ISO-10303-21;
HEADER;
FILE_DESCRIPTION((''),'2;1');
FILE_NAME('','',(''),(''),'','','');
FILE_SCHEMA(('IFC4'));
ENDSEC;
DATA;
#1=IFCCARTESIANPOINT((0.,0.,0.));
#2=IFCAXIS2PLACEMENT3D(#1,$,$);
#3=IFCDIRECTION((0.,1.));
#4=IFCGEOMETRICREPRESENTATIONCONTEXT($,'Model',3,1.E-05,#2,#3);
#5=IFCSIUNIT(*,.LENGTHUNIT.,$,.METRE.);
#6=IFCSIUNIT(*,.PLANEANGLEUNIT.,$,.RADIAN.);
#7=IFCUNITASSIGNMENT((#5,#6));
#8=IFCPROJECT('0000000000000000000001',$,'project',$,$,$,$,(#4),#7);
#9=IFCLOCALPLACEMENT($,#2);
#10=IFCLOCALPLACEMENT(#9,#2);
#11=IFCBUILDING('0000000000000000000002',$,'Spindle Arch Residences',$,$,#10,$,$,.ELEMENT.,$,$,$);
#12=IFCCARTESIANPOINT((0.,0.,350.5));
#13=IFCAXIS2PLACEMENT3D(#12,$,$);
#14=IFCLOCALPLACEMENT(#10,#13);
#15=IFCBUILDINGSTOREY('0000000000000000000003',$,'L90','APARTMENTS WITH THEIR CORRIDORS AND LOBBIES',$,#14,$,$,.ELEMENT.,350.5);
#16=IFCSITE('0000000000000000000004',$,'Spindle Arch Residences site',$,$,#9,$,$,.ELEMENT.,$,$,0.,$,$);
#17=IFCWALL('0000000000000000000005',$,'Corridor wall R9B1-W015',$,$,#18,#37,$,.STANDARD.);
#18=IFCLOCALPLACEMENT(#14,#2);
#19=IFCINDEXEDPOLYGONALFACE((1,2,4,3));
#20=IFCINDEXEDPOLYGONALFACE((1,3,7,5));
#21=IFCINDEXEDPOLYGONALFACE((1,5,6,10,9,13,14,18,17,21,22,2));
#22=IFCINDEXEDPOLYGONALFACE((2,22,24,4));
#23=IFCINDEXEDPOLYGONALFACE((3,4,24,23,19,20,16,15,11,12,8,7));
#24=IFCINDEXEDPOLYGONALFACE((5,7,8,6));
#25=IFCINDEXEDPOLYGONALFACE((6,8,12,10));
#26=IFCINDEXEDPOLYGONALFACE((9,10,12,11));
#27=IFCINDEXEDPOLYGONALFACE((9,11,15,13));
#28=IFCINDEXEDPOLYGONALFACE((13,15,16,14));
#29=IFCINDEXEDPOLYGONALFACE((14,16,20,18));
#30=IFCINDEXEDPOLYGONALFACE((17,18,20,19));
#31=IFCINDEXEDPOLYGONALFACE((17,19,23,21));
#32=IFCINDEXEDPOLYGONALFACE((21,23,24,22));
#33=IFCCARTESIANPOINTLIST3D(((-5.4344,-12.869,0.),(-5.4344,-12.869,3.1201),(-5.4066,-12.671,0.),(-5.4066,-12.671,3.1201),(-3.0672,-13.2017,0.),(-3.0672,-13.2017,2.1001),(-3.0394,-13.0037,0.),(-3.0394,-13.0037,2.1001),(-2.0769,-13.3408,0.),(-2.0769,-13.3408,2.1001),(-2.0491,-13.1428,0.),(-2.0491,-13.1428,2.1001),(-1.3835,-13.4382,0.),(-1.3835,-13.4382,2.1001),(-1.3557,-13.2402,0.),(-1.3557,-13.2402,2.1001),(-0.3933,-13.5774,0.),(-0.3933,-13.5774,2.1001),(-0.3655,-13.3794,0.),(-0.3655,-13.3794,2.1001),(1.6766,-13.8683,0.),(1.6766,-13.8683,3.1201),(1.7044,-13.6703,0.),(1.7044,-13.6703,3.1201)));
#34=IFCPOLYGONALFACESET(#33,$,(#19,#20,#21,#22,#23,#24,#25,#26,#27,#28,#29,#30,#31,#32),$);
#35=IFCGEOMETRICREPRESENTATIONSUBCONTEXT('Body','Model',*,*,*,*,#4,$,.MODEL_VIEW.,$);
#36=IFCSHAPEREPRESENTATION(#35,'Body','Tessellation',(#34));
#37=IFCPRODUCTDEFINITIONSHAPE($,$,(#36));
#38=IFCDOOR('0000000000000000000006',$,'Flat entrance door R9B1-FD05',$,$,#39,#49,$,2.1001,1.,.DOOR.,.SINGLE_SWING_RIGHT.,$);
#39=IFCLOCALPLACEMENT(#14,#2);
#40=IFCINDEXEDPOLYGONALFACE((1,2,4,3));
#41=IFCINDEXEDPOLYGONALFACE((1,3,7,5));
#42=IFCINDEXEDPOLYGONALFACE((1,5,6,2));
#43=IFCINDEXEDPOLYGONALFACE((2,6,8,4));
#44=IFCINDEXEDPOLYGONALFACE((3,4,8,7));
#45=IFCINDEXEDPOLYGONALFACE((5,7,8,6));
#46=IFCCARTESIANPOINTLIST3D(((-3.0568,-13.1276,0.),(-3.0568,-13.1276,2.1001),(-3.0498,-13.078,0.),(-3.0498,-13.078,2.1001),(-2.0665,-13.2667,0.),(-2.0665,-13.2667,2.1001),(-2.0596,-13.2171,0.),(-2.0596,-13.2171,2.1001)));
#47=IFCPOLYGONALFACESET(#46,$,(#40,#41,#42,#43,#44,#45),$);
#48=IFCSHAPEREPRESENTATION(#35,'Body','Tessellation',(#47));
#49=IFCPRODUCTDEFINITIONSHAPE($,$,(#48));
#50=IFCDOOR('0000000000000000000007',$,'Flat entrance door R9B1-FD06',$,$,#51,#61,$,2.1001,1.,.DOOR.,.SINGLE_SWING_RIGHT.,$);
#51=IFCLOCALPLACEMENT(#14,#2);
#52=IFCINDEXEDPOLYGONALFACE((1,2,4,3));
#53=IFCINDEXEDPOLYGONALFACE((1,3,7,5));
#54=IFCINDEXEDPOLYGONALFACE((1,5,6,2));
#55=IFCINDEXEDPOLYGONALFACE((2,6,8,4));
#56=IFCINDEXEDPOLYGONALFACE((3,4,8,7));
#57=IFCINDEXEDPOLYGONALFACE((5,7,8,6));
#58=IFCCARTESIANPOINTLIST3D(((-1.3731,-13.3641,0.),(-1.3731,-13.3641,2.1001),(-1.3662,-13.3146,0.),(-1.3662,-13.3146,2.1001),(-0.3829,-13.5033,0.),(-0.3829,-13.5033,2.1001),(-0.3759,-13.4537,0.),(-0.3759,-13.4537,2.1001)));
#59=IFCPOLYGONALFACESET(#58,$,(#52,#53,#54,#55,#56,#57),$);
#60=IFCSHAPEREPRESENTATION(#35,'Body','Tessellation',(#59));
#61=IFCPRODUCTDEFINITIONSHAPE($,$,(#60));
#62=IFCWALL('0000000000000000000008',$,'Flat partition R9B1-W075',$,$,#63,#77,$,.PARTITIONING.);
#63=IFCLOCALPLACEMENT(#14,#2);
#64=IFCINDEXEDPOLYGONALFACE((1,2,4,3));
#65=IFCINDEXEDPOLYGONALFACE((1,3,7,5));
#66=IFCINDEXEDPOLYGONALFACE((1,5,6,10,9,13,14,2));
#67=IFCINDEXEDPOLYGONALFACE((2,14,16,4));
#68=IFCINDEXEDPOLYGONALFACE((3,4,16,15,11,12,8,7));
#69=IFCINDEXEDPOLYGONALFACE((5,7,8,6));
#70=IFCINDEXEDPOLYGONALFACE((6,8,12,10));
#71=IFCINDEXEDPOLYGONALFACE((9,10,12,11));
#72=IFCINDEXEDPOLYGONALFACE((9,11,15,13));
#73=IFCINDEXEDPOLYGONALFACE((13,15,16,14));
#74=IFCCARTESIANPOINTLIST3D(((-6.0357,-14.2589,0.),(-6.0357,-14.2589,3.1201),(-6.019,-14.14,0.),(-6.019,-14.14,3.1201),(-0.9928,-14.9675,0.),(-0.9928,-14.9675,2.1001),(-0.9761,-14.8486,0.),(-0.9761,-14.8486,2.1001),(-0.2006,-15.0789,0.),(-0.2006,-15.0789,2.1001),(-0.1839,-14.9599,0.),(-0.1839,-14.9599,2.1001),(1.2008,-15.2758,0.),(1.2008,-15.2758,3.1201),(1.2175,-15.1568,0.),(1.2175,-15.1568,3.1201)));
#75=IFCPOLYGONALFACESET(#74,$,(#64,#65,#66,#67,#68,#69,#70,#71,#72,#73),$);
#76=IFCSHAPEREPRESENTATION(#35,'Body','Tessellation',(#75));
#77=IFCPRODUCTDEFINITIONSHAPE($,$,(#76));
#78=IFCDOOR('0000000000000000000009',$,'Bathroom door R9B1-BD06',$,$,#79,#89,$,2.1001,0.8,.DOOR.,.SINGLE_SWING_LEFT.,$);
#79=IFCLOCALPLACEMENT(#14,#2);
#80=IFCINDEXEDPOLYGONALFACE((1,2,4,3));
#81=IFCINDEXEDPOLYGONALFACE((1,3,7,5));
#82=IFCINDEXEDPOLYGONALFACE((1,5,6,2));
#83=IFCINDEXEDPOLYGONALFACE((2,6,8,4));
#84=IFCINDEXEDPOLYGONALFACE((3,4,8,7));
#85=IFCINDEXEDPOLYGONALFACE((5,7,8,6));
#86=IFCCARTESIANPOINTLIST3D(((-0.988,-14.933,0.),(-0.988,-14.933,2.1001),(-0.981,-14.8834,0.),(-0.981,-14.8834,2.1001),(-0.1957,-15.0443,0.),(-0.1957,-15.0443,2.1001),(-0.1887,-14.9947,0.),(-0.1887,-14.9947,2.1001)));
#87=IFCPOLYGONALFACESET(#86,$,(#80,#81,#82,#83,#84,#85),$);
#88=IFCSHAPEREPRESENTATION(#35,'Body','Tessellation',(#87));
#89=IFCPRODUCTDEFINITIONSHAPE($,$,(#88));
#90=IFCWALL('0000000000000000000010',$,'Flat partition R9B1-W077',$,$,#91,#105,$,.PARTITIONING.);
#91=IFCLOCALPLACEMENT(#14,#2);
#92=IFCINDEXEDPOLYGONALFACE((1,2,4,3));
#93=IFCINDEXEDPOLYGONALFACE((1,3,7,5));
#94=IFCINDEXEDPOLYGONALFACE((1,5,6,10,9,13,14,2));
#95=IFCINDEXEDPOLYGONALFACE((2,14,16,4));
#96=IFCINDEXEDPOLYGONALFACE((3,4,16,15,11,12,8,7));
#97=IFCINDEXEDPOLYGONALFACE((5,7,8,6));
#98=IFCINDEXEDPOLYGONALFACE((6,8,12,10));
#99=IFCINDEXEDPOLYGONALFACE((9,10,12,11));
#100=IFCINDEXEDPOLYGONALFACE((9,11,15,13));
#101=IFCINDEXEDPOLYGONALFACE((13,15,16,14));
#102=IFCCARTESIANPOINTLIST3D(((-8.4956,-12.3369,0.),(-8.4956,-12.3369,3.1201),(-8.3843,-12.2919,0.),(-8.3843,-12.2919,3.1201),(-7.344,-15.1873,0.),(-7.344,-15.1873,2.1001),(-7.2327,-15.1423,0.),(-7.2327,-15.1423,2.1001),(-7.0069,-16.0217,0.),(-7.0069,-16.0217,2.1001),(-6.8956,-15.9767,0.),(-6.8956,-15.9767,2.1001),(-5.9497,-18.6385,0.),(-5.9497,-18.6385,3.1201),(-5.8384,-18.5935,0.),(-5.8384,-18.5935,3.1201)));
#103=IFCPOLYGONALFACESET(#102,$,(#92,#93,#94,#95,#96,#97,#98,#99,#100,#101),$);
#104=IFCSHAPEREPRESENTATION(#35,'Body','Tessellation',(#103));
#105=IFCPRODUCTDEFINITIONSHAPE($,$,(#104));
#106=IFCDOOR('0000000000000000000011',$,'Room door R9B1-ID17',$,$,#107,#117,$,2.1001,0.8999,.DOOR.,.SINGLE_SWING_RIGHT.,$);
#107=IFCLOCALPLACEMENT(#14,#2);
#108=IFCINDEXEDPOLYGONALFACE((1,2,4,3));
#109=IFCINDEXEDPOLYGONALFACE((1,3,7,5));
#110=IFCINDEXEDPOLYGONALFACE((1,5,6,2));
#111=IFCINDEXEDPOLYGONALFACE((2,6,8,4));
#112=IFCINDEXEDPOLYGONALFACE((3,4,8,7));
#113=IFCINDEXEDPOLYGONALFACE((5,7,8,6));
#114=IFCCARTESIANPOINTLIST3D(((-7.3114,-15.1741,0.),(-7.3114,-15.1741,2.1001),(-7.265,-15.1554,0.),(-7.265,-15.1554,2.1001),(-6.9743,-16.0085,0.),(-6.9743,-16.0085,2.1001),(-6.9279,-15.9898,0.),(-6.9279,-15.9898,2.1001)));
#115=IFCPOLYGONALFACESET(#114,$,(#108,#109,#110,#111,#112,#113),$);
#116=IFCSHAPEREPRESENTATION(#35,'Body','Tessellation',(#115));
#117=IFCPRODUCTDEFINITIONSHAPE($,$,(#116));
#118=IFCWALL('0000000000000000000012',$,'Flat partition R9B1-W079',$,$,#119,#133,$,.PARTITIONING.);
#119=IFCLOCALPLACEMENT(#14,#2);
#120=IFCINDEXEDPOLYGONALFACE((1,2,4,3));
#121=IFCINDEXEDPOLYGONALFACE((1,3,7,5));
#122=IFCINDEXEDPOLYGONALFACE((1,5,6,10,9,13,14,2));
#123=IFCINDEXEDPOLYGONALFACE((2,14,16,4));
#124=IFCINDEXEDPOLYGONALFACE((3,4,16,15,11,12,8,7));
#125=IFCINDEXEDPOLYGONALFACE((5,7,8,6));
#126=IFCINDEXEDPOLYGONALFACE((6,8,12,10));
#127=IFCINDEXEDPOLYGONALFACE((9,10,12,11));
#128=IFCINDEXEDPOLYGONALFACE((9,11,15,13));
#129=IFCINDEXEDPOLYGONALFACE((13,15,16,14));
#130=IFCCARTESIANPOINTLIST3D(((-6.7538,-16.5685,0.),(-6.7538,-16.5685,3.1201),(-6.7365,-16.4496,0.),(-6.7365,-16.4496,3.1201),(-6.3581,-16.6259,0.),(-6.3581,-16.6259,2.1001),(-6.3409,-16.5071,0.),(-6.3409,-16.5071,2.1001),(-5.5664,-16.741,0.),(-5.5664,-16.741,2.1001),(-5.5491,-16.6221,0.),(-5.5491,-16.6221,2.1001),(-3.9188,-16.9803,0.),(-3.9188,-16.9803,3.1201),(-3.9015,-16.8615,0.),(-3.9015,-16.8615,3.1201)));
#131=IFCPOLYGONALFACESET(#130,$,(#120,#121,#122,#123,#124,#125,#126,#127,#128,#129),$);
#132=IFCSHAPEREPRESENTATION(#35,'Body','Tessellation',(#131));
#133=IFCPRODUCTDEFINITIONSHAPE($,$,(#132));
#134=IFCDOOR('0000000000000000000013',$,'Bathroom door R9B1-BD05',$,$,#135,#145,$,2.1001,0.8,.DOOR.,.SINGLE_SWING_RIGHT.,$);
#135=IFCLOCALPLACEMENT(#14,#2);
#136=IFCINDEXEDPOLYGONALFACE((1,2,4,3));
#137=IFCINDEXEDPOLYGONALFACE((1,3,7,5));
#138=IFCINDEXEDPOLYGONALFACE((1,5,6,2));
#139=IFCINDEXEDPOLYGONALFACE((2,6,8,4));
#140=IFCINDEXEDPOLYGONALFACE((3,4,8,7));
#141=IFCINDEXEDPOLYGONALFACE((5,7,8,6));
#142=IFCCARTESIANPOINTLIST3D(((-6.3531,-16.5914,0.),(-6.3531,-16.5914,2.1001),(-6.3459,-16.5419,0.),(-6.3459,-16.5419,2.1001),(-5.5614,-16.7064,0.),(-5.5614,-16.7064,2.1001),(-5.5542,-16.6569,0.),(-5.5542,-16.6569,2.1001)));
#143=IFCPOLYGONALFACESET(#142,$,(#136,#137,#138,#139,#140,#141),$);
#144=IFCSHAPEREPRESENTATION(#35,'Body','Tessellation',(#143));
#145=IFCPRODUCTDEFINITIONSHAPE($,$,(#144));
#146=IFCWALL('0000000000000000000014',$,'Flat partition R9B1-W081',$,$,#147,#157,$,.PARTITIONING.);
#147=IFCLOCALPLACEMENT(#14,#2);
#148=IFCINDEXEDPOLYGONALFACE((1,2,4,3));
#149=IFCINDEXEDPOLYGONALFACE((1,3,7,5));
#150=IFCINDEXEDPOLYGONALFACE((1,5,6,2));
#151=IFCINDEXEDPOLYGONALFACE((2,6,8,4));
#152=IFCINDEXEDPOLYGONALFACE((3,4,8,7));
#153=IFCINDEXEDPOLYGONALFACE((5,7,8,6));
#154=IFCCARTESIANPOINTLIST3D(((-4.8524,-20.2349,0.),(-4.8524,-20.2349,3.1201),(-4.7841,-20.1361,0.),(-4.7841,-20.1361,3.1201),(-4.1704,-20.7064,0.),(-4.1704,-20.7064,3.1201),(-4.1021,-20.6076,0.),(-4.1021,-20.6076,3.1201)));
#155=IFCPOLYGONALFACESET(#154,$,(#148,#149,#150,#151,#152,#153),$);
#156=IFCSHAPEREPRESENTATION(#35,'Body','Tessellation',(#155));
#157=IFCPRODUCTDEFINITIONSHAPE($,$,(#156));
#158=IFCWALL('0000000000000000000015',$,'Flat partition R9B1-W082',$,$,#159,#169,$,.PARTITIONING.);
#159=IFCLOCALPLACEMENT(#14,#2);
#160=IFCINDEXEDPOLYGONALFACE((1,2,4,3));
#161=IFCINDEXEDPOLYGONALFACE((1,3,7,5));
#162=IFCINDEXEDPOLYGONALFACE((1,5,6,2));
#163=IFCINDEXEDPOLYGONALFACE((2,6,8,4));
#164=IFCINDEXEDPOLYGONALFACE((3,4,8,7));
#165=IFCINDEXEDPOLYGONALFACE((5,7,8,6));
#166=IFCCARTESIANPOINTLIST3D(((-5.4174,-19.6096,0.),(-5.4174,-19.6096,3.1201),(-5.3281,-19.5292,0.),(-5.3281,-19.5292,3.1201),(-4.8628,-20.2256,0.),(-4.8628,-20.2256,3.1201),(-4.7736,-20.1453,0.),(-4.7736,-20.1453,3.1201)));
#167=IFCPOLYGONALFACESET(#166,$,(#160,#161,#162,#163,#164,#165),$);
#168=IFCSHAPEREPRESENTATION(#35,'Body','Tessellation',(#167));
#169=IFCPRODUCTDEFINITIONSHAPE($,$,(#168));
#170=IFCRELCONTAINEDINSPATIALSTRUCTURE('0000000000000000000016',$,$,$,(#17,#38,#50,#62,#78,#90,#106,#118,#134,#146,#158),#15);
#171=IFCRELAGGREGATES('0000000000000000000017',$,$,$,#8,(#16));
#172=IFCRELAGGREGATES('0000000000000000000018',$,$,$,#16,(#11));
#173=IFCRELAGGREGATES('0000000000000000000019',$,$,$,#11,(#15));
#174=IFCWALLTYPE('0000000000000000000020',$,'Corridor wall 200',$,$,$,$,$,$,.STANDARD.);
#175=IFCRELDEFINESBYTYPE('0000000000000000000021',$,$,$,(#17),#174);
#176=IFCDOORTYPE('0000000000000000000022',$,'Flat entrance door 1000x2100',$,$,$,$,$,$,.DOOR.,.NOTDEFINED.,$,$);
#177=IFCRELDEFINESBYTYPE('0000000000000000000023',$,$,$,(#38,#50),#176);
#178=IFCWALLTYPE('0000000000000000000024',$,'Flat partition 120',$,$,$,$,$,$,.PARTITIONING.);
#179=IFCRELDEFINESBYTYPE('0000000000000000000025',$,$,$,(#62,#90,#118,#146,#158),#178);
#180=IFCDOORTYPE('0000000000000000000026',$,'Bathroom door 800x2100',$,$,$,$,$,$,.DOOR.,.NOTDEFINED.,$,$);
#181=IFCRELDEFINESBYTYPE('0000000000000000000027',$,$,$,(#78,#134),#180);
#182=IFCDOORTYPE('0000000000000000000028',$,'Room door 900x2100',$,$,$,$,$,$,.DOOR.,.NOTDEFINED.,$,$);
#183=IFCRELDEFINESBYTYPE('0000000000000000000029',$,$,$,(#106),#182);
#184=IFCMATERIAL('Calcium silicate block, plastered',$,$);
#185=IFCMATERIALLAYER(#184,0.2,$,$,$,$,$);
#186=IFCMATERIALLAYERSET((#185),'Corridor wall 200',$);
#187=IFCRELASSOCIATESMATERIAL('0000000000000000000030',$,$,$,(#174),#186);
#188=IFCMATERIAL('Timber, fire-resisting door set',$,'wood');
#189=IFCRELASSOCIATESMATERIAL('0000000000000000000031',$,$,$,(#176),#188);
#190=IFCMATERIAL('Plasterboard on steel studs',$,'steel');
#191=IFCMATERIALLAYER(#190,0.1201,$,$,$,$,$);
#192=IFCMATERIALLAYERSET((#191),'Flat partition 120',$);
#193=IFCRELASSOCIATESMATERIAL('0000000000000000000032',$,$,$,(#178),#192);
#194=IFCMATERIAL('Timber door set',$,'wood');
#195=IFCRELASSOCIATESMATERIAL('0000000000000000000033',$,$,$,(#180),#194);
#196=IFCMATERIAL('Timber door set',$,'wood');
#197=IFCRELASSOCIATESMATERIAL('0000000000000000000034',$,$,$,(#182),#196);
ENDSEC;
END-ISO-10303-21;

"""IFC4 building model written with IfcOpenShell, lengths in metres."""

from ifc_helpers import new_model, si_unit, direction, frame, frame_2d, origin, place, context, subcontext, project, spatial, rectangle, extrude, material, layer, layer_set, type_object, element, fill, save


model = new_model("IFC4")

# Units and contexts
model_context = context("Model", 3, precision=1e-05, world=origin(), true_north=direction((0.0, 1.0)))
body_context = subcontext(model_context, "Body", "Model", "MODEL_VIEW")
ifc_project = project(units=[si_unit("LENGTHUNIT", "METRE"), si_unit("PLANEANGLEUNIT", "RADIAN")], contexts=[model_context])

# Site, building, storey
site_placement = place(None, origin())
site = spatial("IfcSite", under=ifc_project, at=site_placement, Name="Spindle Arch Residences site", CompositionType="ELEMENT", RefElevation=0.0)
building_placement = place(site_placement, origin())
building = spatial("IfcBuilding", under=site, at=building_placement, Name="Spindle Arch Residences", CompositionType="ELEMENT")
storey_placement = place(building_placement, frame((0.0, 0.0, 350.5)))
storey = spatial("IfcBuildingStorey", under=building, at=storey_placement, Name="L90", Description="APARTMENTS WITH THEIR CORRIDORS AND LOBBIES", CompositionType="ELEMENT", Elevation=350.5)

# Wall, openings, doors
ifc_material_1 = material(Name="Calcium silicate block, plastered")
ifc_layer_1 = layer(ifc_material_1, 0.2)
ifc_layer_set_1 = layer_set([ifc_layer_1], Name="Corridor wall 200")
wall_type_1 = type_object("IfcWallType", Name="Corridor wall 200", PredefinedType="STANDARD", material=ifc_layer_set_1)
wall_1_placement = place(storey_placement, frame((-5.4204, -12.77, 0.0), z_axis=(0.0, 0.0, 1.0), x_axis=(0.990271, -0.139155, 0.0)))
wall_1 = element("IfcWall", 1, at=wall_1_placement, inside=storey, type_object=wall_type_1, Name="Corridor wall R9B1-W015", PredefinedType="STANDARD", context=body_context, shape_type="SweptSolid", body=[
    extrude(rectangle(XDim=7.1809, YDim=0.2, at=frame_2d((3.5903, 0.0))), origin(), (0.0, 0.0, 1.0), 3.1201),
])
opening_1_placement = place(wall_1_placement, frame((2.3904, 0.0, 0.0)))
opening_1 = element("IfcOpeningElement", 2, at=opening_1_placement, cuts=wall_1, PredefinedType="OPENING", context=body_context, shape_type="SweptSolid", body=[
    extrude(rectangle(XDim=1.0, YDim=2.1001, at=frame_2d((0.5, 1.05))), frame((0.0, 0.1099, 0.0), z_axis=(0.0, -1.0, 0.0), x_axis=(1.0, 0.0, 0.0)), (0.0, 0.0, 1.0), 0.22),
])
opening_2_placement = place(wall_1_placement, frame((4.0906, 0.0, 0.0)))
opening_2 = element("IfcOpeningElement", 3, at=opening_2_placement, cuts=wall_1, PredefinedType="OPENING", context=body_context, shape_type="SweptSolid", body=[
    extrude(rectangle(XDim=1.0, YDim=2.1001, at=frame_2d((0.5, 1.05))), frame((0.0, 0.1099, 0.0), z_axis=(0.0, -1.0, 0.0), x_axis=(1.0, 0.0, 0.0)), (0.0, 0.0, 1.0), 0.22),
])
ifc_material_2 = material(Name="Timber, fire-resisting door set", Category="wood")
door_type_1 = type_object("IfcDoorType", Name="Flat entrance door 1000x2100", OperationType="NOTDEFINED", PredefinedType="DOOR", material=ifc_material_2)
door_1_placement = place(opening_1_placement, origin())
door_1 = element("IfcDoor", 4, at=door_1_placement, inside=storey, type_object=door_type_1, Name="Flat entrance door R9B1-FD05", OperationType="SINGLE_SWING_RIGHT", OverallHeight=2.1001, OverallWidth=1.0, PredefinedType="DOOR", context=body_context, shape_type="SweptSolid", body=[
    extrude(rectangle(XDim=1.0, YDim=2.1001, at=frame_2d((0.5, 1.05))), frame((0.0, 0.0249, 0.0), z_axis=(0.0, -1.0, 0.0), x_axis=(1.0, 0.0, 0.0)), (0.0, 0.0, 1.0), 0.05),
])
fill(opening_1, door_1)
door_2_placement = place(opening_2_placement, origin())
door_2 = element("IfcDoor", 5, at=door_2_placement, inside=storey, type_object=door_type_1, Name="Flat entrance door R9B1-FD06", OperationType="SINGLE_SWING_RIGHT", OverallHeight=2.1001, OverallWidth=1.0, PredefinedType="DOOR", context=body_context, shape_type="SweptSolid", body=[
    extrude(rectangle(XDim=1.0, YDim=2.1001, at=frame_2d((0.5, 1.05))), frame((0.0, 0.0249, 0.0), z_axis=(0.0, -1.0, 0.0), x_axis=(1.0, 0.0, 0.0)), (0.0, 0.0, 1.0), 0.05),
])
fill(opening_2, door_2)

# Walls, openings, doors
ifc_material_3 = material(Name="Plasterboard on steel studs", Category="steel")
ifc_layer_2 = layer(ifc_material_3, 0.1201)
ifc_layer_set_2 = layer_set([ifc_layer_2], Name="Flat partition 120")
wall_type_2 = type_object("IfcWallType", Name="Flat partition 120", PredefinedType="PARTITIONING", material=ifc_layer_set_2)
wall_2_placement = place(storey_placement, frame((-6.0273, -14.1995, 0.0), z_axis=(0.0, 0.0, 1.0), x_axis=(0.990272, -0.139148, 0.0)))
wall_2 = element("IfcWall", 6, at=wall_2_placement, inside=storey, type_object=wall_type_2, Name="Flat partition R9B1-W075", PredefinedType="PARTITIONING", context=body_context, shape_type="SweptSolid", body=[
    extrude(rectangle(XDim=7.3076, YDim=0.1201, at=frame_2d((3.6538, 0.0))), origin(), (0.0, 0.0, 1.0), 3.1201),
])
opening_3_placement = place(wall_2_placement, frame((5.0925, 0.0, 0.0)))
opening_3 = element("IfcOpeningElement", 7, at=opening_3_placement, cuts=wall_2, PredefinedType="OPENING", context=body_context, shape_type="SweptSolid", body=[
    extrude(rectangle(XDim=0.8, YDim=2.1001, at=frame_2d((0.3999, 1.05))), frame((0.0, 0.0701, 0.0), z_axis=(0.0, -1.0, 0.0), x_axis=(1.0, 0.0, 0.0)), (0.0, 0.0, 1.0), 0.1401),
])
ifc_material_4 = material(Name="Timber door set", Category="wood")
door_type_2 = type_object("IfcDoorType", Name="Bathroom door 800x2100", OperationType="NOTDEFINED", PredefinedType="DOOR", material=ifc_material_4)
door_3_placement = place(opening_3_placement, origin())
door_3 = element("IfcDoor", 8, at=door_3_placement, inside=storey, type_object=door_type_2, Name="Bathroom door R9B1-BD06", OperationType="SINGLE_SWING_LEFT", OverallHeight=2.1001, OverallWidth=0.8, PredefinedType="DOOR", context=body_context, shape_type="SweptSolid", body=[
    extrude(rectangle(XDim=0.8, YDim=2.1001, at=frame_2d((0.3999, 1.05))), frame((0.0, 0.0249, 0.0), z_axis=(0.0, -1.0, 0.0), x_axis=(1.0, 0.0, 0.0)), (0.0, 0.0, 1.0), 0.05),
])
fill(opening_3, door_3)
wall_3_placement = place(storey_placement, frame((-5.894, -18.616, 0.0), z_axis=(0.0, 0.0, 1.0), x_axis=(-0.374597, 0.927188, 0.0)))
wall_3 = element("IfcWall", 9, at=wall_3_placement, inside=storey, type_object=wall_type_2, Name="Flat partition R9B1-W077", PredefinedType="PARTITIONING", context=body_context, shape_type="SweptSolid", body=[
    extrude(rectangle(XDim=6.7964, YDim=0.1201, at=frame_2d((3.3982, 0.0))), origin(), (0.0, 0.0, 1.0), 3.1201),
])
opening_4_placement = place(wall_3_placement, frame((2.8223, 0.0, 0.0)))
opening_4 = element("IfcOpeningElement", 10, at=opening_4_placement, cuts=wall_3, PredefinedType="OPENING", context=body_context, shape_type="SweptSolid", body=[
    extrude(rectangle(XDim=0.8999, YDim=2.1001, at=frame_2d((0.45, 1.05))), frame((0.0, 0.0701, 0.0), z_axis=(0.0, -1.0, 0.0), x_axis=(1.0, 0.0, 0.0)), (0.0, 0.0, 1.0), 0.1401),
])
ifc_material_5 = material(Name="Timber door set", Category="wood")
door_type_3 = type_object("IfcDoorType", Name="Room door 900x2100", OperationType="NOTDEFINED", PredefinedType="DOOR", material=ifc_material_5)
door_4_placement = place(opening_4_placement, origin())
door_4 = element("IfcDoor", 11, at=door_4_placement, inside=storey, type_object=door_type_3, Name="Room door R9B1-ID17", OperationType="SINGLE_SWING_RIGHT", OverallHeight=2.1001, OverallWidth=0.8999, PredefinedType="DOOR", context=body_context, shape_type="SweptSolid", body=[
    extrude(rectangle(XDim=0.8999, YDim=2.1001, at=frame_2d((0.45, 1.05))), frame((0.0, 0.0249, 0.0), z_axis=(0.0, -1.0, 0.0), x_axis=(1.0, 0.0, 0.0)), (0.0, 0.0, 1.0), 0.05),
])
fill(opening_4, door_4)
wall_4_placement = place(storey_placement, frame((-6.7451, -16.509, 0.0), z_axis=(0.0, 0.0, 1.0), x_axis=(0.989611, -0.143771, 0.0)))
wall_4 = element("IfcWall", 12, at=wall_4_placement, inside=storey, type_object=wall_type_2, Name="Flat partition R9B1-W079", PredefinedType="PARTITIONING", context=body_context, shape_type="SweptSolid", body=[
    extrude(rectangle(XDim=2.8647, YDim=0.1201, at=frame_2d((1.4324, 0.0))), origin(), (0.0, 0.0, 1.0), 3.1201),
])
opening_5_placement = place(wall_4_placement, frame((0.3999, 0.0, 0.0)))
opening_5 = element("IfcOpeningElement", 13, at=opening_5_placement, cuts=wall_4, PredefinedType="OPENING", context=body_context, shape_type="SweptSolid", body=[
    extrude(rectangle(XDim=0.8, YDim=2.1001, at=frame_2d((0.3999, 1.05))), frame((0.0, 0.0701, 0.0), z_axis=(0.0, -1.0, 0.0), x_axis=(1.0, 0.0, 0.0)), (0.0, 0.0, 1.0), 0.1401),
])
door_5_placement = place(opening_5_placement, origin())
door_5 = element("IfcDoor", 14, at=door_5_placement, inside=storey, type_object=door_type_2, Name="Bathroom door R9B1-BD05", OperationType="SINGLE_SWING_RIGHT", OverallHeight=2.1001, OverallWidth=0.8, PredefinedType="DOOR", context=body_context, shape_type="SweptSolid", body=[
    extrude(rectangle(XDim=0.8, YDim=2.1001, at=frame_2d((0.3999, 1.05))), frame((0.0, 0.0249, 0.0), z_axis=(0.0, -1.0, 0.0), x_axis=(1.0, 0.0, 0.0)), (0.0, 0.0, 1.0), 0.05),
])
fill(opening_5, door_5)

# Walls
wall_5_placement = place(storey_placement, frame((-4.1362, -20.657, 0.0), z_axis=(0.0, 0.0, 1.0), x_axis=(-0.822553, 0.568689, 0.0)))
element("IfcWall", 15, at=wall_5_placement, inside=storey, type_object=wall_type_2, Name="Flat partition R9B1-W081", PredefinedType="PARTITIONING", context=body_context, shape_type="SweptSolid", body=[
    extrude(rectangle(XDim=0.8291, YDim=0.1201, at=frame_2d((0.4146, 0.0))), origin(), (0.0, 0.0, 1.0), 3.1201),
])
wall_6_placement = place(storey_placement, frame((-4.8181, -20.1855, 0.0), z_axis=(0.0, 0.0, 1.0), x_axis=(-0.669014, 0.74325, 0.0)))
element("IfcWall", 16, at=wall_6_placement, inside=storey, type_object=wall_type_2, Name="Flat partition R9B1-W082", PredefinedType="PARTITIONING", context=body_context, shape_type="SweptSolid", body=[
    extrude(rectangle(XDim=0.8289, YDim=0.1201, at=frame_2d((0.4146, 0.0))), origin(), (0.0, 0.0, 1.0), 3.1201),
])

save(model, "model.ifc")
